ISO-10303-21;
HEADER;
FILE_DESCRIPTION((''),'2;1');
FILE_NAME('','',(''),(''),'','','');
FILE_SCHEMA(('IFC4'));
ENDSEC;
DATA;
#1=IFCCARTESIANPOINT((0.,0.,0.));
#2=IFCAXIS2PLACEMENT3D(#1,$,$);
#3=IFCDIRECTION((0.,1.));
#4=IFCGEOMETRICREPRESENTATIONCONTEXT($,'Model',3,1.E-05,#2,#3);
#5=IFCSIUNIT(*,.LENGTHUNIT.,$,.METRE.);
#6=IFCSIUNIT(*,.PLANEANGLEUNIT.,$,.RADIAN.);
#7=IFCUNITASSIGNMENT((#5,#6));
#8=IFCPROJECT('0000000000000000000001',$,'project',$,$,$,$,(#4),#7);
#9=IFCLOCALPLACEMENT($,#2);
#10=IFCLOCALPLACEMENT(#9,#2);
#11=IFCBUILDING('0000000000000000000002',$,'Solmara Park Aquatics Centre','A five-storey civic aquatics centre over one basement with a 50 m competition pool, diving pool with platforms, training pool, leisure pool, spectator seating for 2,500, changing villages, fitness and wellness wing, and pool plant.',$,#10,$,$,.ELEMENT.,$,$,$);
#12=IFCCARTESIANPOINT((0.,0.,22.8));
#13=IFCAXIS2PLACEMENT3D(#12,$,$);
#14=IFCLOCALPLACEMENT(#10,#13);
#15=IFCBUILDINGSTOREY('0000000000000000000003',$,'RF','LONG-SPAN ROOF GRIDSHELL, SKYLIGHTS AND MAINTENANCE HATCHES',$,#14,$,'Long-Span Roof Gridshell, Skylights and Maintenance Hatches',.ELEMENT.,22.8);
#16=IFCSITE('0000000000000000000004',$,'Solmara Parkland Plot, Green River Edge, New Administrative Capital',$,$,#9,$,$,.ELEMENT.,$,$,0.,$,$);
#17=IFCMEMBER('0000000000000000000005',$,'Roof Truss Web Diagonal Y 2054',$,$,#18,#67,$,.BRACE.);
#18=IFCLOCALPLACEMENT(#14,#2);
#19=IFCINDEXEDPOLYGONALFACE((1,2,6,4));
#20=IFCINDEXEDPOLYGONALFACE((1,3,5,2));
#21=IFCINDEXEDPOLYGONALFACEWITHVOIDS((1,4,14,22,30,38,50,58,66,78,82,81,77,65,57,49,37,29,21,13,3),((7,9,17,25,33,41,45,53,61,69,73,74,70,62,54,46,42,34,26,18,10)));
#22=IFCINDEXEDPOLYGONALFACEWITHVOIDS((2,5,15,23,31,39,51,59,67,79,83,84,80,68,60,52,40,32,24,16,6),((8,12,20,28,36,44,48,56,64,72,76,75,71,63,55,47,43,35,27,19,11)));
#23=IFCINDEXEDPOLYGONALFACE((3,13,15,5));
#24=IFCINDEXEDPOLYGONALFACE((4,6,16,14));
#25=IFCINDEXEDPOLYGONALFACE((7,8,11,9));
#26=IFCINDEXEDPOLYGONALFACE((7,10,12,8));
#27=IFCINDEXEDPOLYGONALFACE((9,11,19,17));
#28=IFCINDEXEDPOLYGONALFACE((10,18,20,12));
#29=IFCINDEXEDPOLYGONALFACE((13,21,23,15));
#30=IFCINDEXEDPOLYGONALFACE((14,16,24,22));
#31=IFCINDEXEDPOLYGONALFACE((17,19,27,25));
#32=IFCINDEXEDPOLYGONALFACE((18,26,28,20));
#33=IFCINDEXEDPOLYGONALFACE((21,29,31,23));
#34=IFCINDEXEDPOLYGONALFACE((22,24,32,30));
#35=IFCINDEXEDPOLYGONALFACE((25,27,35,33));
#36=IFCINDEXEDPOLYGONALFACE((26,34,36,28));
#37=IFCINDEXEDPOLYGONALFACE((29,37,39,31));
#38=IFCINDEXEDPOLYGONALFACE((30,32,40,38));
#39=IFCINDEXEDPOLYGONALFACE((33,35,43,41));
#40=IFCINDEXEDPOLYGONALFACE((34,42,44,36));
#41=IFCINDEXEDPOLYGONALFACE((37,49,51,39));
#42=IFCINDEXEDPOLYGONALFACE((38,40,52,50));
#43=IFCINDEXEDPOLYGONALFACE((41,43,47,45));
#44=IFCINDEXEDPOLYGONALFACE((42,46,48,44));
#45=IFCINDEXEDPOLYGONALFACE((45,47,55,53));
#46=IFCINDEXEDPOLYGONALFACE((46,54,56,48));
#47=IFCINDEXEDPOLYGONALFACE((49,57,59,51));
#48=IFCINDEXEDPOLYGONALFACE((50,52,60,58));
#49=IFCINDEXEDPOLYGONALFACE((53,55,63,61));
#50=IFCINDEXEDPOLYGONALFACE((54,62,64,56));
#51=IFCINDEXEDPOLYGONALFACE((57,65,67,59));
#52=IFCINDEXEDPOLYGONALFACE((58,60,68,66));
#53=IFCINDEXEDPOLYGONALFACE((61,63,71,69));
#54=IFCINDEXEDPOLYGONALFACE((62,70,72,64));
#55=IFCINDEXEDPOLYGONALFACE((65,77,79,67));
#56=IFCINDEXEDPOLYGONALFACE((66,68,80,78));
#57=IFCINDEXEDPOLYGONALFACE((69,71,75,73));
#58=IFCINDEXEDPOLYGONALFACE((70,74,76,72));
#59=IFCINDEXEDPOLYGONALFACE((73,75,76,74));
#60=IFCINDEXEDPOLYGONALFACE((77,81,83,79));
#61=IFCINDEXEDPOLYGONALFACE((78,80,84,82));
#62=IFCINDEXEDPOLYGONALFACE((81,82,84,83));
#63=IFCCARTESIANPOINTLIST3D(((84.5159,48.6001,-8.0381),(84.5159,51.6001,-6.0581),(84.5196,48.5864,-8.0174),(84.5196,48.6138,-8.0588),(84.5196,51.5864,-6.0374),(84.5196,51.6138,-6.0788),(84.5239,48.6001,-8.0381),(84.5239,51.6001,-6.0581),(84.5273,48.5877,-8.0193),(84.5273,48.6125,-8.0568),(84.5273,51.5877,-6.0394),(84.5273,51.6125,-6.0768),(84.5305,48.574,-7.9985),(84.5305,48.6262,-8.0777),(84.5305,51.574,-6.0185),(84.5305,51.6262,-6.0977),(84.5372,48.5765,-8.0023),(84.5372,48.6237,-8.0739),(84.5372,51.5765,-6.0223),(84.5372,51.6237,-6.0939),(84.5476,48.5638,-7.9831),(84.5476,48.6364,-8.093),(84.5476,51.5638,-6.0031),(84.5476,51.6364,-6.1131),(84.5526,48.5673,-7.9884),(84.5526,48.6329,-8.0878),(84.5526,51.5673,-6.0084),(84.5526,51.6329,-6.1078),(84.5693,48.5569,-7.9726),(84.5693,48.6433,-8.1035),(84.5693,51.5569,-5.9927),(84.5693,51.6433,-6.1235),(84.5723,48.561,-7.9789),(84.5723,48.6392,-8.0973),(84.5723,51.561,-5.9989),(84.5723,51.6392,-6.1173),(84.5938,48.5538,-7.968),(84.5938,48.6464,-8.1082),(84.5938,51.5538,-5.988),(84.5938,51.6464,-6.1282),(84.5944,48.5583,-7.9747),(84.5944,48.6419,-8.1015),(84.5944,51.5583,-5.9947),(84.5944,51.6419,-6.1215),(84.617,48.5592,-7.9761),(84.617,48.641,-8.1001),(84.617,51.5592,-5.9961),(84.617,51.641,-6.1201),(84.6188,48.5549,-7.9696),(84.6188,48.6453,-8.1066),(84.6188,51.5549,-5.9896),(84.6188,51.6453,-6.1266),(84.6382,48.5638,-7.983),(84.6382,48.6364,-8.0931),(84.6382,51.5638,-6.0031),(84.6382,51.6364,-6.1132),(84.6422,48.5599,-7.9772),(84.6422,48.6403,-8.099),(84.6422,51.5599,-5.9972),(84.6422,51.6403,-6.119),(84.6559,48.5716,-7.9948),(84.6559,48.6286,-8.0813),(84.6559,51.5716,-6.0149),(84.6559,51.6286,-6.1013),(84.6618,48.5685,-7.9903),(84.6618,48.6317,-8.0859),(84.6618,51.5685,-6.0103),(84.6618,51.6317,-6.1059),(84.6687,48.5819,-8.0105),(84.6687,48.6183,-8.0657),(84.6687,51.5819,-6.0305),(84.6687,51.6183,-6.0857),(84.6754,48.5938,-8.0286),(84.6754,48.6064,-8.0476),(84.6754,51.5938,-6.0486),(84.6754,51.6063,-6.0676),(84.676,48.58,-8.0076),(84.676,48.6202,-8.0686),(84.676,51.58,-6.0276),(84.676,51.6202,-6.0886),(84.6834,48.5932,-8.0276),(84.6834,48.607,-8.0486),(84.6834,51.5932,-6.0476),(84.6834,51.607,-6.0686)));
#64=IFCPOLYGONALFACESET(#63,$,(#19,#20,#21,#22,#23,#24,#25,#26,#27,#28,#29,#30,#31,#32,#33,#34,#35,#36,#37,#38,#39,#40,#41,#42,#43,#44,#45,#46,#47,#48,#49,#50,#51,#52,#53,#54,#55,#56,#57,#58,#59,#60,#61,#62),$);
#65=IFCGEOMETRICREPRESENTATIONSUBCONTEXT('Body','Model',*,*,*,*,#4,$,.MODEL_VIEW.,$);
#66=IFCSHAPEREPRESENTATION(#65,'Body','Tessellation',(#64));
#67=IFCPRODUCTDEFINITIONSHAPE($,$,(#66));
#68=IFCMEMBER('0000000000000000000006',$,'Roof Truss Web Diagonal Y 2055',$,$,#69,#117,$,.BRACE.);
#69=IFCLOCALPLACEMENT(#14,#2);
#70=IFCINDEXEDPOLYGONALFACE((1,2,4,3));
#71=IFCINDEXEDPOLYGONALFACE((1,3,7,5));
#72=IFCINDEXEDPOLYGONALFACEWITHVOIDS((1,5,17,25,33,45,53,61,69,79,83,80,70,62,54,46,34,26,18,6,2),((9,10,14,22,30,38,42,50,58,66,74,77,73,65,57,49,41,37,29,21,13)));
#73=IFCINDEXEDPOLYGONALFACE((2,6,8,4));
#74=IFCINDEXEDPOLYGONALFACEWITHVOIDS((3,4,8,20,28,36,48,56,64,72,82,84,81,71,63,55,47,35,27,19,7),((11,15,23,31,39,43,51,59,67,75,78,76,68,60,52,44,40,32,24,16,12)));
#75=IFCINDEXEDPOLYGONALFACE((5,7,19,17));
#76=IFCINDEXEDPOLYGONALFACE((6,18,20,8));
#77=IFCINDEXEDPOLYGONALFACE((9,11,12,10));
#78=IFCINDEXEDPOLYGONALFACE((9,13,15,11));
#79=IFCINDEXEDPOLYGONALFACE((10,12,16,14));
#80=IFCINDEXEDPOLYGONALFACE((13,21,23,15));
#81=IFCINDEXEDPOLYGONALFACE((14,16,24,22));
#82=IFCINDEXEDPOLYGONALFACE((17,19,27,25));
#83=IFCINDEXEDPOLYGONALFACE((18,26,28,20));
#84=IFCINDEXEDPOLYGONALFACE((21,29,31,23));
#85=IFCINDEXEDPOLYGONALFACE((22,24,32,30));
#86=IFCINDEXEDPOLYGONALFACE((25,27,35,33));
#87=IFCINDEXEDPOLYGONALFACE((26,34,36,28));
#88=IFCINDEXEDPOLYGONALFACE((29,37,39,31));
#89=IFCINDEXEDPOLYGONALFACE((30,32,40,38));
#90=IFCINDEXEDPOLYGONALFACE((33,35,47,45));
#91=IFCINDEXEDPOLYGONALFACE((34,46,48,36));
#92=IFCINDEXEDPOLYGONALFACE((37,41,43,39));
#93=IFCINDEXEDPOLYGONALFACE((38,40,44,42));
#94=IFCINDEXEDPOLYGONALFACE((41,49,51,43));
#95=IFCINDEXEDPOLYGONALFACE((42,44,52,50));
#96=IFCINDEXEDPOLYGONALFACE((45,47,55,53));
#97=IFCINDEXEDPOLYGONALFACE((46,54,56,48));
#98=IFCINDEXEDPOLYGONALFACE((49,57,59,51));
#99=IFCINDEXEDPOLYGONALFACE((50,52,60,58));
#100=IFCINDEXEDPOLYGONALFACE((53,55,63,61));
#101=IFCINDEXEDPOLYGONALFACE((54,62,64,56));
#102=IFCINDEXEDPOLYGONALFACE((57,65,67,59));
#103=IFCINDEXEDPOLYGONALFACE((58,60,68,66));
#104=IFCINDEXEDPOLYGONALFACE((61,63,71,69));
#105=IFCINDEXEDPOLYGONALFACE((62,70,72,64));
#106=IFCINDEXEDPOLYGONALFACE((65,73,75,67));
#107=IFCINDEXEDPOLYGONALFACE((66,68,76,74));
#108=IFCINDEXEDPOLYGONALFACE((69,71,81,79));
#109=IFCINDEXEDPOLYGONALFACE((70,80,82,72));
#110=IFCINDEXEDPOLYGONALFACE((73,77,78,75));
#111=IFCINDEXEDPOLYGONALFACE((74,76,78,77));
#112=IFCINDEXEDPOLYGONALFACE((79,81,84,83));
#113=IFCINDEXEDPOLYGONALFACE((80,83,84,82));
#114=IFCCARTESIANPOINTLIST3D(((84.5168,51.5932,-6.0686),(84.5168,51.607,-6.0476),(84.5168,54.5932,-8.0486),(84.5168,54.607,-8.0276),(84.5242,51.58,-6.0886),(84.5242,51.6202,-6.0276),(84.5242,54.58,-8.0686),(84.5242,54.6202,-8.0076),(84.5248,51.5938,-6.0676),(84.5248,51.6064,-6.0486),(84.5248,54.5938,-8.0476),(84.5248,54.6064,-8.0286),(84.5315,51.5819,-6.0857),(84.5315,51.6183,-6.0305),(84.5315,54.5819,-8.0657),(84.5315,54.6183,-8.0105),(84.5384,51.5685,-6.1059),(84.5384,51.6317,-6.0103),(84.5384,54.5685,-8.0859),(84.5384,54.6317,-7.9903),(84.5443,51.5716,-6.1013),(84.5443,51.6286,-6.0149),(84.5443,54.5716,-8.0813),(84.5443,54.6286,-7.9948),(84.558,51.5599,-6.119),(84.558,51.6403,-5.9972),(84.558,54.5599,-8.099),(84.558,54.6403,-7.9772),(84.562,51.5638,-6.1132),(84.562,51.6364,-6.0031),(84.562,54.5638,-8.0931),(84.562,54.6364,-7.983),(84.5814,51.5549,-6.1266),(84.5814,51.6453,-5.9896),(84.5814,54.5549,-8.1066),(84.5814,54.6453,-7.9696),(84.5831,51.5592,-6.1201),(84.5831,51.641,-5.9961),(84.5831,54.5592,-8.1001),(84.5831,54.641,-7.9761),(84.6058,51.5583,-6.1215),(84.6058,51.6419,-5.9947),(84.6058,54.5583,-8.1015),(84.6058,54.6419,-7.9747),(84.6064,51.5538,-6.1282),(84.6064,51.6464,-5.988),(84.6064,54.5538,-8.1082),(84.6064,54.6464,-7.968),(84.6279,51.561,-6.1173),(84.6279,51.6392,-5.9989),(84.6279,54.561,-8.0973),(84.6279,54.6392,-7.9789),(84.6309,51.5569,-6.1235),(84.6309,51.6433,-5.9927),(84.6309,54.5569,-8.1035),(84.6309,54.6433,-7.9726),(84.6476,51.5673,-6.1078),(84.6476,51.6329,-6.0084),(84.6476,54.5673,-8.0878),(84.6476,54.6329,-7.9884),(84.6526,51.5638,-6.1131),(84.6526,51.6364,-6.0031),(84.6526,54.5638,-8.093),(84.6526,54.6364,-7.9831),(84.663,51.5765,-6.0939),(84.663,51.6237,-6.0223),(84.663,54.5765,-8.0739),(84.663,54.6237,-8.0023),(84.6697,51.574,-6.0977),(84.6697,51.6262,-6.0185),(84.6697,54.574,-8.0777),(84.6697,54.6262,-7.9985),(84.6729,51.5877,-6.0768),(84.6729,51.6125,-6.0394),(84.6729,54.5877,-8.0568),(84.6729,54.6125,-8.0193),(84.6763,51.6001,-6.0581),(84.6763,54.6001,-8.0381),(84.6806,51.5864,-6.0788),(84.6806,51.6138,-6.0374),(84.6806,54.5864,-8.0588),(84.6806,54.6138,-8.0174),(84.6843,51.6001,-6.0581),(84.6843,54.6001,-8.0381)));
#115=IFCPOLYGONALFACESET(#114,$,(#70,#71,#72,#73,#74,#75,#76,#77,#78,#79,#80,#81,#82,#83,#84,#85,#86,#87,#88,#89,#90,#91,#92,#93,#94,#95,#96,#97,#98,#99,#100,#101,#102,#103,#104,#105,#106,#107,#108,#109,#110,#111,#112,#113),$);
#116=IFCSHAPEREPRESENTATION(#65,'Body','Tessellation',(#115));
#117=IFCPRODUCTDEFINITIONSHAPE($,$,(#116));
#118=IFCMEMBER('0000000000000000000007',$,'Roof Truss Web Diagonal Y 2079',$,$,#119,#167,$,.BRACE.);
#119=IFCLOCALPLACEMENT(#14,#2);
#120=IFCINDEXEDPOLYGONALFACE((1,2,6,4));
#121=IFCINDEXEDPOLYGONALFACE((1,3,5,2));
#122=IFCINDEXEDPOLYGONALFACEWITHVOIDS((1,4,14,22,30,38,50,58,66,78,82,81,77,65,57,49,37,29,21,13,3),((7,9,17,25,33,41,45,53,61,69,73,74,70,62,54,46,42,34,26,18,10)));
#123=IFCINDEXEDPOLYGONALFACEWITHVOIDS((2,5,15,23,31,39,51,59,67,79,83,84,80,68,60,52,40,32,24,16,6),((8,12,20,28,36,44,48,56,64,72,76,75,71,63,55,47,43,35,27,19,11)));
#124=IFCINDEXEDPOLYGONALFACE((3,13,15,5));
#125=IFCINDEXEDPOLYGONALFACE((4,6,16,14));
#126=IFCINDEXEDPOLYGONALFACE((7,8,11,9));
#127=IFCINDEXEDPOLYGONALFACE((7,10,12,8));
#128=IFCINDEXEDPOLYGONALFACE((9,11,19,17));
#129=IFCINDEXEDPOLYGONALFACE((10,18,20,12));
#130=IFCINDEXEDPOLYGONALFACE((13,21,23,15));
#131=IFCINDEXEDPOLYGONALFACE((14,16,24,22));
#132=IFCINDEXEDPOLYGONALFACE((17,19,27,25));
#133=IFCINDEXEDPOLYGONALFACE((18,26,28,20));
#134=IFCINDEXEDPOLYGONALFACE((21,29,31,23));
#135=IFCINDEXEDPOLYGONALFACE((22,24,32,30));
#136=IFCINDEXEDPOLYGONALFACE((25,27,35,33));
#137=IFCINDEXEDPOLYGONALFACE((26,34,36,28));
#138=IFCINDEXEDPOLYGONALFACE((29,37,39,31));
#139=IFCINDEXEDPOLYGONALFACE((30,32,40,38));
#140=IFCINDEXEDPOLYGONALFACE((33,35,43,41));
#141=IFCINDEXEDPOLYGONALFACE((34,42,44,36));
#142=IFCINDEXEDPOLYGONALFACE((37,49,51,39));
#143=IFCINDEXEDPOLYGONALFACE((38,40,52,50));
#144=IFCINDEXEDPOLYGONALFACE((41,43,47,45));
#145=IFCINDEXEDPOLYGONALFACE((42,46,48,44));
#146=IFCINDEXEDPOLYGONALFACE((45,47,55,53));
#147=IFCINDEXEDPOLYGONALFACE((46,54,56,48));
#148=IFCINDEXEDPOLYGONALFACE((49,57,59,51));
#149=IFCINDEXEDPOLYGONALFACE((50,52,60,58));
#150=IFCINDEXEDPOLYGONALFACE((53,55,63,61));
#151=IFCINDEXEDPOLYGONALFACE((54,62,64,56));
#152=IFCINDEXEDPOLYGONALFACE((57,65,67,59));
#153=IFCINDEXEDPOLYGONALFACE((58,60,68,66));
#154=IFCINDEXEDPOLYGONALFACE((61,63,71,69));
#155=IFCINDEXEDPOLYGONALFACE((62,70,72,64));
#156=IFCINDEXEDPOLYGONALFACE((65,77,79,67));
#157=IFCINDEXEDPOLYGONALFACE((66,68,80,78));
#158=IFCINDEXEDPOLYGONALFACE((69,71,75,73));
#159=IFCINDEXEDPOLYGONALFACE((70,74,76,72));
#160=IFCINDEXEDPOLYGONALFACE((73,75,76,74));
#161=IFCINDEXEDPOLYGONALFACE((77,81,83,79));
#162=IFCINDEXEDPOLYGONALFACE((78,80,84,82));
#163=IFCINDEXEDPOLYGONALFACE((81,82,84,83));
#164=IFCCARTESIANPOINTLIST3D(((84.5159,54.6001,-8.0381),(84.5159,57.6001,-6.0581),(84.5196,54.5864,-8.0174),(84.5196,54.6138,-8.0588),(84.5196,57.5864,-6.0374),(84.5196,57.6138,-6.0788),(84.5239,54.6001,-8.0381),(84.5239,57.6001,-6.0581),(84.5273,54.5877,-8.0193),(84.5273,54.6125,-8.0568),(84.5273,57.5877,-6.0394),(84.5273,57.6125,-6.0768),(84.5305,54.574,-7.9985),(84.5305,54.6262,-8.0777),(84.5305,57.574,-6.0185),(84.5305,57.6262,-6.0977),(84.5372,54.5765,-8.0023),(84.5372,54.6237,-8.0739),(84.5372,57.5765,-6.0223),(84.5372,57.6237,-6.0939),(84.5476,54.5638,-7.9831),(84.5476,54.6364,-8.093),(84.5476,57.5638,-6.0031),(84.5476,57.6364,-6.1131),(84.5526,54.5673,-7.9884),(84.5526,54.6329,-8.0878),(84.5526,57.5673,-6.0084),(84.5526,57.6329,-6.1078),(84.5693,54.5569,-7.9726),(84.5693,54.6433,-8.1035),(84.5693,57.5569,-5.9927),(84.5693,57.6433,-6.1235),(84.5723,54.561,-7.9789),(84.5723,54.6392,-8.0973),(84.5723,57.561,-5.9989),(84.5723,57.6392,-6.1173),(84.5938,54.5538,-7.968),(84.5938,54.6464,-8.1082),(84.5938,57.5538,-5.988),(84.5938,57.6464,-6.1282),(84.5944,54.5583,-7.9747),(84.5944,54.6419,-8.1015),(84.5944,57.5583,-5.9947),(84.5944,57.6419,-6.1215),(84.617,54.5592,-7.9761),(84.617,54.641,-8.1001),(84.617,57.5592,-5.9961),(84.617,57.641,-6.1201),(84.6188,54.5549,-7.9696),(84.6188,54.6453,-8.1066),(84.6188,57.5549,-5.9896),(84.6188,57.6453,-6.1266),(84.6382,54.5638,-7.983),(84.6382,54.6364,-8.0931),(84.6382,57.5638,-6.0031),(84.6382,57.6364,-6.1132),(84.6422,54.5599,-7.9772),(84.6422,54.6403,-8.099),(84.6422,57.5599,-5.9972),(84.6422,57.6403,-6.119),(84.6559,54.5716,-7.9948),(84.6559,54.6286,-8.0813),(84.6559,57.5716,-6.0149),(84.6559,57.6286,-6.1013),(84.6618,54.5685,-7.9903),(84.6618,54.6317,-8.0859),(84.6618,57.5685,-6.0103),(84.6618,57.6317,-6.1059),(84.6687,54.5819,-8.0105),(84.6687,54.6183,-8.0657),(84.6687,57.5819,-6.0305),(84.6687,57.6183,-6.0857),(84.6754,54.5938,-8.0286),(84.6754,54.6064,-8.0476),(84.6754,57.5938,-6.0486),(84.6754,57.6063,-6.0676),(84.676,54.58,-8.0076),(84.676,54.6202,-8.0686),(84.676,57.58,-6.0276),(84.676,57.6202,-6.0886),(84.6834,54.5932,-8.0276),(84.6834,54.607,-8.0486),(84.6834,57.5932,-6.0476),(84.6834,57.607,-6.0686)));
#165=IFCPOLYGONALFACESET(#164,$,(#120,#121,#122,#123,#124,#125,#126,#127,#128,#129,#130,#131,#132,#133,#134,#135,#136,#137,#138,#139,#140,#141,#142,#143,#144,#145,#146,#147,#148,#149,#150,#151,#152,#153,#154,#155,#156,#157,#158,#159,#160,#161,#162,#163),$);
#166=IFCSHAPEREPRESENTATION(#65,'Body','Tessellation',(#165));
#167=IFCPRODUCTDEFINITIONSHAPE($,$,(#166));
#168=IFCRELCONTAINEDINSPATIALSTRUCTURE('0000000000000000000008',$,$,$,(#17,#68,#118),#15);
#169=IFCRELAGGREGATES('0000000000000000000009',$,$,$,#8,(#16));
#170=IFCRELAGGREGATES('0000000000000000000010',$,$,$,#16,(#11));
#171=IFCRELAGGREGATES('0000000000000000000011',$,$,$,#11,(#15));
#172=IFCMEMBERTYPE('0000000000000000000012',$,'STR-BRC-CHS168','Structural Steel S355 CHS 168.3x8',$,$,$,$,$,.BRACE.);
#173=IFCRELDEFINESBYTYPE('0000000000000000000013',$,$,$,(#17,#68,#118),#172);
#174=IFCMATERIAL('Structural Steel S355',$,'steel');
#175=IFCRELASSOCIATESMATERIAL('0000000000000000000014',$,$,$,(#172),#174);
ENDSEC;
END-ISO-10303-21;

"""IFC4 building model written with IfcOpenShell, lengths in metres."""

from ifc_helpers import new_model, si_unit, direction, frame, origin, origin_2d, place, context, subcontext, project, spatial, hollow_circle, extrude, material, material_profile, profile_set, type_object, element, save


model = new_model("IFC4")

# Units and contexts
model_context = context("Model", 3, precision=1e-05, world=origin(), true_north=direction((0.0, 1.0)))
body_context = subcontext(model_context, "Body", "Model", "MODEL_VIEW")
ifc_project = project(units=[si_unit("LENGTHUNIT", "METRE"), si_unit("PLANEANGLEUNIT", "RADIAN")], contexts=[model_context])

# Site, building, storey
site_placement = place(None, origin())
site = spatial("IfcSite", under=ifc_project, at=site_placement, Name="Solmara Parkland Plot, Green River Edge, New Administrative Capital", CompositionType="ELEMENT", RefElevation=0.0)
building_placement = place(site_placement, origin())
building = spatial("IfcBuilding", under=site, at=building_placement, Name="Solmara Park Aquatics Centre", Description="A five-storey civic aquatics centre over one basement with a 50 m competition pool, diving pool with platforms, training pool, leisure pool, spectator seating for 2,500, changing villages, fitness and wellness wing, and pool plant.", CompositionType="ELEMENT")
storey_placement = place(building_placement, frame((0.0, 0.0, 22.8)))
storey = spatial("IfcBuildingStorey", under=building, at=storey_placement, Name="RF", Description="LONG-SPAN ROOF GRIDSHELL, SKYLIGHTS AND MAINTENANCE HATCHES", LongName="Long-Span Roof Gridshell, Skylights and Maintenance Hatches", CompositionType="ELEMENT", Elevation=22.8)

# Members
ifc_material_1 = material(Name="Structural Steel S355", Category="steel")
ifc_material_profile_1 = material_profile(ifc_material_1, hollow_circle(Radius=0.0842, WallThickness=0.0081, at=origin_2d()), Name="CHS 168.3x8")
ifc_profile_set_1 = profile_set([ifc_material_profile_1], Name="Structural Steel S355")
member_type_1 = type_object("IfcMemberType", Name="STR-BRC-CHS168", Description="Structural Steel S355 CHS 168.3x8", PredefinedType="BRACE", material=ifc_profile_set_1)
for number, where, z_axis, x_axis, name in (
    (1, (84.6001, 48.6001, -8.0381), (0.0, 0.834612, 0.550838), (-1.0, 0.0, 0.0), "Roof Truss Web Diagonal Y 2054"),
    (2, (84.6001, 54.6001, -8.0381), (0.0, -0.834612, 0.550838), (1.0, 0.0, 0.0), "Roof Truss Web Diagonal Y 2055"),
    (3, (84.6001, 54.6001, -8.0381), (0.0, 0.834612, 0.550838), (-1.0, 0.0, 0.0), "Roof Truss Web Diagonal Y 2079"),
):
    element("IfcMember", number, at=place(storey_placement, frame(where, z_axis=z_axis, x_axis=x_axis)), inside=storey, type_object=member_type_1, Name=name, PredefinedType="BRACE", context=body_context, shape_type="SweptSolid", body=[
        extrude(hollow_circle(Radius=0.0842, WallThickness=0.0081, at=origin_2d()), origin(), (0.0, 0.0, 1.0), 3.5945),
    ])

save(model, "model.ifc")
